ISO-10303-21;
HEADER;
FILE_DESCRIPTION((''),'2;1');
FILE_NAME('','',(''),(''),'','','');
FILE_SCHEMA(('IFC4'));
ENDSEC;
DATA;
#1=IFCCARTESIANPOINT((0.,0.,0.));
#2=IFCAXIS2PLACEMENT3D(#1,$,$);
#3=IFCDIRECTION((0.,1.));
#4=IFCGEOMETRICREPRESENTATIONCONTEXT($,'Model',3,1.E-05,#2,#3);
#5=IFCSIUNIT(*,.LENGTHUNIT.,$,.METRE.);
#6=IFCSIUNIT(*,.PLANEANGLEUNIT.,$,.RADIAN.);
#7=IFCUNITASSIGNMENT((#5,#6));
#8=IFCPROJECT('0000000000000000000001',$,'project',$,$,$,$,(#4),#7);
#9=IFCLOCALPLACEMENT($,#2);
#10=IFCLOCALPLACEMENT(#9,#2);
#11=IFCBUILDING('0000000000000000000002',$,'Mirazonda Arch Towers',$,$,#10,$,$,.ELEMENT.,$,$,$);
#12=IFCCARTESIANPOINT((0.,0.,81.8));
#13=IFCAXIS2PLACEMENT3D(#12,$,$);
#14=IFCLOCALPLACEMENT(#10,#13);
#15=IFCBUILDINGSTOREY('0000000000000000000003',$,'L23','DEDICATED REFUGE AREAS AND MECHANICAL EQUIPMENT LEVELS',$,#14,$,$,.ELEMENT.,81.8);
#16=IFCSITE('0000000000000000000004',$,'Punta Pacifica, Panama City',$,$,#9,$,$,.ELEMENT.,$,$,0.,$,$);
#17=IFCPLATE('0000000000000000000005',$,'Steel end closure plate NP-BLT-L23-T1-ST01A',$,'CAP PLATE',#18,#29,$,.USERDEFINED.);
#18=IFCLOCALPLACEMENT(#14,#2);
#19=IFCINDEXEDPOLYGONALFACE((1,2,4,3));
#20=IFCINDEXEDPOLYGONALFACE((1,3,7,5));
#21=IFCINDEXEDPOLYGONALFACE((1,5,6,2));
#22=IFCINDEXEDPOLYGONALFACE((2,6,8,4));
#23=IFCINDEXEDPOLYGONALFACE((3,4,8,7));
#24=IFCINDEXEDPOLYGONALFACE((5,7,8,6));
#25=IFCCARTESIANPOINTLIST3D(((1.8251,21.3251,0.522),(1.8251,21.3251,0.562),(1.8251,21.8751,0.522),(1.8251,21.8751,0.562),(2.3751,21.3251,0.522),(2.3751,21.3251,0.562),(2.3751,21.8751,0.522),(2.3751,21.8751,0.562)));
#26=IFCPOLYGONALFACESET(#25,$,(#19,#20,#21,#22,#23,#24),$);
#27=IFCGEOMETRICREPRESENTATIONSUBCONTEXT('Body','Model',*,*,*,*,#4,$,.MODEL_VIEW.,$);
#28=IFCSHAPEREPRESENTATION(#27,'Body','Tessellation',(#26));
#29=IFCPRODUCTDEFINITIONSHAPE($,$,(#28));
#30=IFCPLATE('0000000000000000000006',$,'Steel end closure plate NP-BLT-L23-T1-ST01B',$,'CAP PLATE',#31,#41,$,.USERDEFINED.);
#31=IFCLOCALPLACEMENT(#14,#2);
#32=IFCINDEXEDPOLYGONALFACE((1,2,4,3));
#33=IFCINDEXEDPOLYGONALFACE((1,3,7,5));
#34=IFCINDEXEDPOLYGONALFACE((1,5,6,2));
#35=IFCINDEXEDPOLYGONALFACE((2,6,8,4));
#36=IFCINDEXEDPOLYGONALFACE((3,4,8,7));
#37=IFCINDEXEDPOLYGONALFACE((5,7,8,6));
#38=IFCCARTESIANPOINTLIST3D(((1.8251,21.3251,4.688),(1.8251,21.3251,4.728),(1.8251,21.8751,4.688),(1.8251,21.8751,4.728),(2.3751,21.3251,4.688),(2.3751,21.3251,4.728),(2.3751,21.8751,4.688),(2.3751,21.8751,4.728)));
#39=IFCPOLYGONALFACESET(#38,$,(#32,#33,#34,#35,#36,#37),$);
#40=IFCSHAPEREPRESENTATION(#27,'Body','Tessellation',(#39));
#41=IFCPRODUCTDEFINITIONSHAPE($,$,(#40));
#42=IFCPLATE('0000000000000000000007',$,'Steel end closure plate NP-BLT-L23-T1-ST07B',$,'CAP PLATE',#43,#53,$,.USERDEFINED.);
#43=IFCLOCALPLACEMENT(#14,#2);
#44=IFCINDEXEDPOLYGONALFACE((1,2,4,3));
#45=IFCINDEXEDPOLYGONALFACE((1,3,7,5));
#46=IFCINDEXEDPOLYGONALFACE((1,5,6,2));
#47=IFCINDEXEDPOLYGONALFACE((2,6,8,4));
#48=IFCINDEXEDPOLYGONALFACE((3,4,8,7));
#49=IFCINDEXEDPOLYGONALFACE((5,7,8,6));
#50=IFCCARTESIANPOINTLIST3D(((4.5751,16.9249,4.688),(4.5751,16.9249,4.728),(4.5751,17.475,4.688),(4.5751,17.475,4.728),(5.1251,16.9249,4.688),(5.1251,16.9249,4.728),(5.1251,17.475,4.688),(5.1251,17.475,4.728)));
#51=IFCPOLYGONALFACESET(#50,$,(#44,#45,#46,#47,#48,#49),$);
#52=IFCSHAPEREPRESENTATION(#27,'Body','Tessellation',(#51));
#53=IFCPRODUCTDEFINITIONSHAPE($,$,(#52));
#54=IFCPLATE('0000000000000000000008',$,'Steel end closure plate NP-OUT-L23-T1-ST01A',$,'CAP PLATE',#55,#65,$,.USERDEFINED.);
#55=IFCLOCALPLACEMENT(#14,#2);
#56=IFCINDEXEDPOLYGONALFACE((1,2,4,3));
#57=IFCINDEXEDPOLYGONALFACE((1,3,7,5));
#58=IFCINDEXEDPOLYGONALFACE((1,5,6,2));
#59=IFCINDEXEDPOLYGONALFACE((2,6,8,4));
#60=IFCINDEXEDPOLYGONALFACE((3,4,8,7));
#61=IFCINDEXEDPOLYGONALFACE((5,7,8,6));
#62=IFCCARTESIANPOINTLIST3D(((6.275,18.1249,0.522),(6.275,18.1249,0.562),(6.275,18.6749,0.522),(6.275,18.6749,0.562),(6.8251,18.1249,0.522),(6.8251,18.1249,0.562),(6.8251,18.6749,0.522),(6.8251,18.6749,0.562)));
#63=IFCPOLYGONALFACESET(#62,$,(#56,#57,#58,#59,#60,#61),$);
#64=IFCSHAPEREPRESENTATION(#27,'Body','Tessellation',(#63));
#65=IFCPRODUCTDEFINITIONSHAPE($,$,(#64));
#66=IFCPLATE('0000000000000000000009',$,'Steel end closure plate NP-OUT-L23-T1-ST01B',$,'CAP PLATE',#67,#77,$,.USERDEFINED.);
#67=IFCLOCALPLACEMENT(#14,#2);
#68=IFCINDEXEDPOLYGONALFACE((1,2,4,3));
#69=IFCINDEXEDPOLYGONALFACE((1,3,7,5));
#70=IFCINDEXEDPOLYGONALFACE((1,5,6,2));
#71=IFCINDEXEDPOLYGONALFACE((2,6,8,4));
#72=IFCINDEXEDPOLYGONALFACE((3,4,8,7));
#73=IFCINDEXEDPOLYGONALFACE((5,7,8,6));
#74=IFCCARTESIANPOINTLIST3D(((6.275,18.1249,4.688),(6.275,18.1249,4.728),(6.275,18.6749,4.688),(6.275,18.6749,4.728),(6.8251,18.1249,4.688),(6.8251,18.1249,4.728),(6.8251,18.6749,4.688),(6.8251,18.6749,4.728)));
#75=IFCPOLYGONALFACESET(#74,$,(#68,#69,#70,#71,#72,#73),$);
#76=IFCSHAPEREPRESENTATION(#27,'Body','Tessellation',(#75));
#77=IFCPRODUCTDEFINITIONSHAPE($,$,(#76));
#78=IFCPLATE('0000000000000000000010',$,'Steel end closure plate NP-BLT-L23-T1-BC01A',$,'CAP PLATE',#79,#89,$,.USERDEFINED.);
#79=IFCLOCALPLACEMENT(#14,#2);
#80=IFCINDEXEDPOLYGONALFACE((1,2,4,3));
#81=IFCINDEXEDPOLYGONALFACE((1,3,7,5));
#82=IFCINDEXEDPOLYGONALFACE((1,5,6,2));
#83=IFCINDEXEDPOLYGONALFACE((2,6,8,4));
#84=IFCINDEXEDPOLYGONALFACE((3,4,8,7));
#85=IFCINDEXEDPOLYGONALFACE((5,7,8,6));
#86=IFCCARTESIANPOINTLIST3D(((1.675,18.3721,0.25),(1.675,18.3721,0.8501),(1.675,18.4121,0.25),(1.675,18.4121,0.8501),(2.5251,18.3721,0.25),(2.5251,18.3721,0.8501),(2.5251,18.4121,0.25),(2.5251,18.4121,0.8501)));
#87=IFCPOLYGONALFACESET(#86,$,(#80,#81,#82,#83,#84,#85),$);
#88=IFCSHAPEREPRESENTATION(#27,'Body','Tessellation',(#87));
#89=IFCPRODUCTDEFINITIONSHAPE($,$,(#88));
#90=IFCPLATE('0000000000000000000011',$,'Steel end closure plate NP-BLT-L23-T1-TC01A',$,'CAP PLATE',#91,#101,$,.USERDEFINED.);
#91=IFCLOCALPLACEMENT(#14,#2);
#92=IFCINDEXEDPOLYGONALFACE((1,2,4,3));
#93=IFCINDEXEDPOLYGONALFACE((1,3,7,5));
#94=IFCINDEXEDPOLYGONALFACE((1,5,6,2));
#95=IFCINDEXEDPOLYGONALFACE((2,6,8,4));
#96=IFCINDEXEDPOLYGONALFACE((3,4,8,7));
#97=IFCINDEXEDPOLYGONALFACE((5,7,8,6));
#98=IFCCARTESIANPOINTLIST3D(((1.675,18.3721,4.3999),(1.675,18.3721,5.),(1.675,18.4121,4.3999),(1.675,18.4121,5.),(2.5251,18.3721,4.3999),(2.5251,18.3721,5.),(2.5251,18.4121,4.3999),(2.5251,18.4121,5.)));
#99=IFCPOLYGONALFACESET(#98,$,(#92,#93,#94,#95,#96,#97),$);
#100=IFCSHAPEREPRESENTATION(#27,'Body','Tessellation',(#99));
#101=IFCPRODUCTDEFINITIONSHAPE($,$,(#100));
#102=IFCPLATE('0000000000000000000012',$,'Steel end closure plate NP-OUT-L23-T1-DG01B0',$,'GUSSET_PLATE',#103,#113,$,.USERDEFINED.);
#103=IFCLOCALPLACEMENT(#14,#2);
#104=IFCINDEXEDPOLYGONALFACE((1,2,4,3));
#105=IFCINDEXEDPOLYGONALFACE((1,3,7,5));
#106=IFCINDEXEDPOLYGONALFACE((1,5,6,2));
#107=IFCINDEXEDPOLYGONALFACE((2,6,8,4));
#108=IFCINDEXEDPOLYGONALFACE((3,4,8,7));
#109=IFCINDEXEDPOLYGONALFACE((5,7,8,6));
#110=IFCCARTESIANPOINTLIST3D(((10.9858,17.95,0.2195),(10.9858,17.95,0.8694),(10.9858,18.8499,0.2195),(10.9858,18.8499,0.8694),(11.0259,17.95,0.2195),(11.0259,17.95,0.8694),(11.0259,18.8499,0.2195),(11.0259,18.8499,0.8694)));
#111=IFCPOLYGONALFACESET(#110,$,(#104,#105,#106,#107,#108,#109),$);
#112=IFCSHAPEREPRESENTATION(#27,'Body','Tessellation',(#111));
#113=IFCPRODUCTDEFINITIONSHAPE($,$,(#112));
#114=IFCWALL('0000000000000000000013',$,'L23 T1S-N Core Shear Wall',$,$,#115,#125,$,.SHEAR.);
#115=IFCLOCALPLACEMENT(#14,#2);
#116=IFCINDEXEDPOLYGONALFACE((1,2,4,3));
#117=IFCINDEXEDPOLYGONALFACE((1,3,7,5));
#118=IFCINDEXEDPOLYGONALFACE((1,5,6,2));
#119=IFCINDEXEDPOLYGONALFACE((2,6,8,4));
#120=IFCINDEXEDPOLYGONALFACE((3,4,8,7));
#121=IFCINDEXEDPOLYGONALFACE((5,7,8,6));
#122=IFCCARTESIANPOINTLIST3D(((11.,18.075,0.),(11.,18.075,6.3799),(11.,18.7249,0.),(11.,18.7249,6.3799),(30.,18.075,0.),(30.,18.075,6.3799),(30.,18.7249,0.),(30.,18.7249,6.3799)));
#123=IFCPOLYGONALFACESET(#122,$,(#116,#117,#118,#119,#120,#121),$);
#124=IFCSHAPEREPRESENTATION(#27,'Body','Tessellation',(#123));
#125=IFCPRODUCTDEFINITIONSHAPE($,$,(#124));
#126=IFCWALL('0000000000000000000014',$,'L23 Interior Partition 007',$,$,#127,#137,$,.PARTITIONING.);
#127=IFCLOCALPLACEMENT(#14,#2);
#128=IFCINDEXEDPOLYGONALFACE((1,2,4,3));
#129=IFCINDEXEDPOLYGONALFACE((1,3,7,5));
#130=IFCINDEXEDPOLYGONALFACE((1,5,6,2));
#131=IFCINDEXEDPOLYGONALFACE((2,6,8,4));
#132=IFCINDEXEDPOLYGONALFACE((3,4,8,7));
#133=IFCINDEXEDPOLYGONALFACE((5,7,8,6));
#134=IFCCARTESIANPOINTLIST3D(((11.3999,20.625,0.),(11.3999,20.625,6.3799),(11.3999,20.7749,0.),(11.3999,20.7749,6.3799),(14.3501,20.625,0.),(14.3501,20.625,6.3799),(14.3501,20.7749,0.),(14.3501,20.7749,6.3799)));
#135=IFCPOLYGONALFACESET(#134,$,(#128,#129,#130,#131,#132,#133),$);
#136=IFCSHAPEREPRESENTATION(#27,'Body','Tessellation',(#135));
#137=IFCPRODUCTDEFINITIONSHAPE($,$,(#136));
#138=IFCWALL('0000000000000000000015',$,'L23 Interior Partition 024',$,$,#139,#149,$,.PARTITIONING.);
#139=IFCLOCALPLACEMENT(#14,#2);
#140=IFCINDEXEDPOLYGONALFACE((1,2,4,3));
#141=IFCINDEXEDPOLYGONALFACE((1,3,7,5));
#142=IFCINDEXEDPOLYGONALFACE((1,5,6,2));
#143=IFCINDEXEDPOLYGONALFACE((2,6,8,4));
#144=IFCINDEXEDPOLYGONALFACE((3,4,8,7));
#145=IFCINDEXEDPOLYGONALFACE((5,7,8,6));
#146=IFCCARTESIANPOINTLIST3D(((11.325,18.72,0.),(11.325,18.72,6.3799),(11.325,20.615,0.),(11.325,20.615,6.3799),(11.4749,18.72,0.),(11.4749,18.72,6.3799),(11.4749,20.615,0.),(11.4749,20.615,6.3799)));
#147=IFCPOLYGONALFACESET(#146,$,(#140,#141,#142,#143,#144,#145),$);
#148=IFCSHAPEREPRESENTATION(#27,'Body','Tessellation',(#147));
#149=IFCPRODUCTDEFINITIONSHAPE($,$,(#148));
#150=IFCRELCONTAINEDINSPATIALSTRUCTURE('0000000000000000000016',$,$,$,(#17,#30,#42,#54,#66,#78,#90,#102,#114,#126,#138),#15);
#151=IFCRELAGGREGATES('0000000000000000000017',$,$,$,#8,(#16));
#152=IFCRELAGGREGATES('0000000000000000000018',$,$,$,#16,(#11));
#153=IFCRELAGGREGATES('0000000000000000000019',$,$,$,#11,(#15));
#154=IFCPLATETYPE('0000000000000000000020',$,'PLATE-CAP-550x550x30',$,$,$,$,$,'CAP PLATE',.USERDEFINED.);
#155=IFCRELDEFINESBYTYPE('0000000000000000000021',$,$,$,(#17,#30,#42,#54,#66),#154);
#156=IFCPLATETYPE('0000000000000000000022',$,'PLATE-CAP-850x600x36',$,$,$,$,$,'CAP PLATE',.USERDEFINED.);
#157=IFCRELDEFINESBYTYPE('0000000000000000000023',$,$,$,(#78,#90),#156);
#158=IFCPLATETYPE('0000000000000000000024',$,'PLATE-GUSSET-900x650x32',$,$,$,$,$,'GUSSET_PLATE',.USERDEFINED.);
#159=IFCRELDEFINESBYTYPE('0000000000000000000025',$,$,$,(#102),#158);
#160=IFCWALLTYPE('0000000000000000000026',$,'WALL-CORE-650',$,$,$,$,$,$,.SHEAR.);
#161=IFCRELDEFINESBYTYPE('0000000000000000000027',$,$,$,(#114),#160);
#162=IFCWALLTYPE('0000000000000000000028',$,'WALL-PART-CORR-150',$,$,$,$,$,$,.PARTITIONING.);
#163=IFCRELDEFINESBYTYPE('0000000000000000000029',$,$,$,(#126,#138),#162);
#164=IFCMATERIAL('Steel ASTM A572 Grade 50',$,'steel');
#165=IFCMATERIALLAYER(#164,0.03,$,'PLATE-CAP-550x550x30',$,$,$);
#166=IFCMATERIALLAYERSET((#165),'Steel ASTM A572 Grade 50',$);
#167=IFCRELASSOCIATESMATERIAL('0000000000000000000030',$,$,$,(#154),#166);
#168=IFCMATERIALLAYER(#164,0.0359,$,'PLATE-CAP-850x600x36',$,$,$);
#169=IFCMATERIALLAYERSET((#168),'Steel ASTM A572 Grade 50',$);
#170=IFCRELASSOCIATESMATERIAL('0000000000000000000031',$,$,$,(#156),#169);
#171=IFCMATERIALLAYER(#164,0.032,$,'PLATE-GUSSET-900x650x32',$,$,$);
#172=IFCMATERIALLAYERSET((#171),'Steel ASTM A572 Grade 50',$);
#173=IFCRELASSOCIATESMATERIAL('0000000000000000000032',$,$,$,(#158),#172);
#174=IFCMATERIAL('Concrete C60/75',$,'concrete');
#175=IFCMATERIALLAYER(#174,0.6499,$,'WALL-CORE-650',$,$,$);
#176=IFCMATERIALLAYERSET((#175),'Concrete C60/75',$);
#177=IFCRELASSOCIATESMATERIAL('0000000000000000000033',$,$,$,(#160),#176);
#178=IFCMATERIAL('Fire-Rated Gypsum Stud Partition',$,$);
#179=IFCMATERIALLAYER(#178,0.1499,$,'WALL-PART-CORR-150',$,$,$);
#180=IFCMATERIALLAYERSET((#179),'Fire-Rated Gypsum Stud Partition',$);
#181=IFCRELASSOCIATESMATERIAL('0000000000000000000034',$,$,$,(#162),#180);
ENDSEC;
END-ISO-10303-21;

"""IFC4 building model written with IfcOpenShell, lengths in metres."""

from ifc_helpers import new_model, si_unit, direction, frame, frame_2d, origin, origin_2d, place, context, subcontext, project, spatial, rectangle, extrude, material, layer, layer_set, type_object, element, save


model = new_model("IFC4")

# Units and contexts
model_context = context("Model", 3, precision=1e-05, world=origin(), true_north=direction((0.0, 1.0)))
body_context = subcontext(model_context, "Body", "Model", "MODEL_VIEW")
ifc_project = project(units=[si_unit("LENGTHUNIT", "METRE"), si_unit("PLANEANGLEUNIT", "RADIAN")], contexts=[model_context])

# Site, building, storey
site_placement = place(None, origin())
site = spatial("IfcSite", under=ifc_project, at=site_placement, Name="Punta Pacifica, Panama City", CompositionType="ELEMENT", RefElevation=0.0)
building_placement = place(site_placement, origin())
building = spatial("IfcBuilding", under=site, at=building_placement, Name="Mirazonda Arch Towers", CompositionType="ELEMENT")
storey_placement = place(building_placement, frame((0.0, 0.0, 81.8)))
storey = spatial("IfcBuildingStorey", under=building, at=storey_placement, Name="L23", Description="DEDICATED REFUGE AREAS AND MECHANICAL EQUIPMENT LEVELS", CompositionType="ELEMENT", Elevation=81.8)

# Shared definitions
ifc_material_1 = material(Name="Steel ASTM A572 Grade 50", Category="steel")

# Shared definitions
ifc_material_2 = material(Name="Concrete C60/75", Category="concrete")

# Plates
ifc_layer_1 = layer(ifc_material_1, 0.03, Name="PLATE-CAP-550x550x30")
ifc_layer_set_1 = layer_set([ifc_layer_1], Name="Steel ASTM A572 Grade 50")
plate_type_1 = type_object("IfcPlateType", Name="PLATE-CAP-550x550x30", ElementType="CAP PLATE", PredefinedType="USERDEFINED", material=ifc_layer_set_1)
for number, where, z_axis, x_axis, name in (
    (1, (2.1001, 21.6001, 0.522), (0.0, 0.0, 1.0), (1.0, 0.0, 0.0), "Steel end closure plate NP-BLT-L23-T1-ST01A"),
    (2, (2.1001, 21.6001, 4.688), (0.0, 0.0, 1.0), (1.0, 0.0, 0.0), "Steel end closure plate NP-BLT-L23-T1-ST01B"),
    (3, (4.8501, 17.2, 4.688), (0.0, 0.0, 1.0), (1.0, 0.0, 0.0), "Steel end closure plate NP-BLT-L23-T1-ST07B"),
    (4, (6.55, 18.3999, 0.522), (0.0, 0.0, 1.0), (1.0, 0.0, 0.0), "Steel end closure plate NP-OUT-L23-T1-ST01A"),
    (5, (6.55, 18.3999, 4.688), (0.0, 0.0, 1.0), (1.0, 0.0, 0.0), "Steel end closure plate NP-OUT-L23-T1-ST01B"),
):
    element("IfcPlate", number, at=place(storey_placement, frame(where, z_axis=z_axis, x_axis=x_axis)), inside=storey, type_object=plate_type_1, Name=name, ObjectType="CAP PLATE", PredefinedType="USERDEFINED", context=body_context, shape_type="SweptSolid", body=[
        extrude(rectangle(XDim=0.55, YDim=0.55, at=origin_2d()), origin(), (0.0, 0.0, 1.0), 0.04),
    ])
ifc_layer_2 = layer(ifc_material_1, 0.0359, Name="PLATE-CAP-850x600x36")
ifc_layer_set_2 = layer_set([ifc_layer_2], Name="Steel ASTM A572 Grade 50")
plate_type_2 = type_object("IfcPlateType", Name="PLATE-CAP-850x600x36", ElementType="CAP PLATE", PredefinedType="USERDEFINED", material=ifc_layer_set_2)
for number, where, z_axis, x_axis, name in (
    (6, (2.1001, 18.3921, 0.25), (0.0, 0.0, 1.0), (0.0, -1.0, 0.0), "Steel end closure plate NP-BLT-L23-T1-BC01A"),
    (7, (2.1001, 18.3921, 4.3999), (0.0, 0.0, 1.0), (0.0, -1.0, 0.0), "Steel end closure plate NP-BLT-L23-T1-TC01A"),
):
    element("IfcPlate", number, at=place(storey_placement, frame(where, z_axis=z_axis, x_axis=x_axis)), inside=storey, type_object=plate_type_2, Name=name, ObjectType="CAP PLATE", PredefinedType="USERDEFINED", context=body_context, shape_type="SweptSolid", body=[
        extrude(rectangle(XDim=0.04, YDim=0.8501, at=origin_2d()), origin(), (0.0, 0.0, 1.0), 0.6001),
    ])
ifc_layer_3 = layer(ifc_material_1, 0.032, Name="PLATE-GUSSET-900x650x32")
ifc_layer_set_3 = layer_set([ifc_layer_3], Name="Steel ASTM A572 Grade 50")
plate_type_3 = type_object("IfcPlateType", Name="PLATE-GUSSET-900x650x32", ElementType="GUSSET_PLATE", PredefinedType="USERDEFINED", material=ifc_layer_set_3)
plate_placement = place(storey_placement, frame((11.0059, 18.3999, 0.2195), z_axis=(0.0, 0.0, 1.0), x_axis=(1.0, 0.0, 0.0)))
element("IfcPlate", 8, at=plate_placement, inside=storey, type_object=plate_type_3, Name="Steel end closure plate NP-OUT-L23-T1-DG01B0", ObjectType="GUSSET_PLATE", PredefinedType="USERDEFINED", context=body_context, shape_type="SweptSolid", body=[
    extrude(rectangle(XDim=0.04, YDim=0.8999, at=origin_2d()), origin(), (0.0, 0.0, 1.0), 0.6499),
])

# Walls
ifc_layer_4 = layer(ifc_material_2, 0.6499, Name="WALL-CORE-650")
ifc_layer_set_4 = layer_set([ifc_layer_4], Name="Concrete C60/75")
wall_type_1 = type_object("IfcWallType", Name="WALL-CORE-650", PredefinedType="SHEAR", material=ifc_layer_set_4)
wall_1_placement = place(storey_placement, frame((11.0, 18.3999, 0.0), z_axis=(0.0, 0.0, 1.0), x_axis=(1.0, 0.0, 0.0)))
element("IfcWall", 9, at=wall_1_placement, inside=storey, type_object=wall_type_1, Name="L23 T1S-N Core Shear Wall", PredefinedType="SHEAR", context=body_context, shape_type="SweptSolid", body=[
    extrude(rectangle(XDim=19.0, YDim=0.6499, at=frame_2d((9.5, 0.0))), origin(), (0.0, 0.0, 1.0), 6.3799),
])
ifc_material_3 = material(Name="Fire-Rated Gypsum Stud Partition")
ifc_layer_5 = layer(ifc_material_3, 0.1499, Name="WALL-PART-CORR-150")
ifc_layer_set_5 = layer_set([ifc_layer_5], Name="Fire-Rated Gypsum Stud Partition")
wall_type_2 = type_object("IfcWallType", Name="WALL-PART-CORR-150", PredefinedType="PARTITIONING", material=ifc_layer_set_5)
wall_2_placement = place(storey_placement, frame((11.3999, 20.7, 0.0), z_axis=(0.0, 0.0, 1.0), x_axis=(1.0, 0.0, 0.0)))
element("IfcWall", 10, at=wall_2_placement, inside=storey, type_object=wall_type_2, Name="L23 Interior Partition 007", PredefinedType="PARTITIONING", context=body_context, shape_type="SweptSolid", body=[
    extrude(rectangle(XDim=2.9502, YDim=0.1499, at=frame_2d((1.4751, 0.0))), origin(), (0.0, 0.0, 1.0), 6.3799),
])
wall_3_placement = place(storey_placement, frame((11.3999, 18.72, 0.0), z_axis=(0.0, 0.0, 1.0), x_axis=(0.0, 1.0, 0.0)))
element("IfcWall", 11, at=wall_3_placement, inside=storey, type_object=wall_type_2, Name="L23 Interior Partition 024", PredefinedType="PARTITIONING", context=body_context, shape_type="SweptSolid", body=[
    extrude(rectangle(XDim=1.895, YDim=0.1499, at=frame_2d((0.9475, 0.0))), origin(), (0.0, 0.0, 1.0), 6.3799),
])

save(model, "model.ifc")
